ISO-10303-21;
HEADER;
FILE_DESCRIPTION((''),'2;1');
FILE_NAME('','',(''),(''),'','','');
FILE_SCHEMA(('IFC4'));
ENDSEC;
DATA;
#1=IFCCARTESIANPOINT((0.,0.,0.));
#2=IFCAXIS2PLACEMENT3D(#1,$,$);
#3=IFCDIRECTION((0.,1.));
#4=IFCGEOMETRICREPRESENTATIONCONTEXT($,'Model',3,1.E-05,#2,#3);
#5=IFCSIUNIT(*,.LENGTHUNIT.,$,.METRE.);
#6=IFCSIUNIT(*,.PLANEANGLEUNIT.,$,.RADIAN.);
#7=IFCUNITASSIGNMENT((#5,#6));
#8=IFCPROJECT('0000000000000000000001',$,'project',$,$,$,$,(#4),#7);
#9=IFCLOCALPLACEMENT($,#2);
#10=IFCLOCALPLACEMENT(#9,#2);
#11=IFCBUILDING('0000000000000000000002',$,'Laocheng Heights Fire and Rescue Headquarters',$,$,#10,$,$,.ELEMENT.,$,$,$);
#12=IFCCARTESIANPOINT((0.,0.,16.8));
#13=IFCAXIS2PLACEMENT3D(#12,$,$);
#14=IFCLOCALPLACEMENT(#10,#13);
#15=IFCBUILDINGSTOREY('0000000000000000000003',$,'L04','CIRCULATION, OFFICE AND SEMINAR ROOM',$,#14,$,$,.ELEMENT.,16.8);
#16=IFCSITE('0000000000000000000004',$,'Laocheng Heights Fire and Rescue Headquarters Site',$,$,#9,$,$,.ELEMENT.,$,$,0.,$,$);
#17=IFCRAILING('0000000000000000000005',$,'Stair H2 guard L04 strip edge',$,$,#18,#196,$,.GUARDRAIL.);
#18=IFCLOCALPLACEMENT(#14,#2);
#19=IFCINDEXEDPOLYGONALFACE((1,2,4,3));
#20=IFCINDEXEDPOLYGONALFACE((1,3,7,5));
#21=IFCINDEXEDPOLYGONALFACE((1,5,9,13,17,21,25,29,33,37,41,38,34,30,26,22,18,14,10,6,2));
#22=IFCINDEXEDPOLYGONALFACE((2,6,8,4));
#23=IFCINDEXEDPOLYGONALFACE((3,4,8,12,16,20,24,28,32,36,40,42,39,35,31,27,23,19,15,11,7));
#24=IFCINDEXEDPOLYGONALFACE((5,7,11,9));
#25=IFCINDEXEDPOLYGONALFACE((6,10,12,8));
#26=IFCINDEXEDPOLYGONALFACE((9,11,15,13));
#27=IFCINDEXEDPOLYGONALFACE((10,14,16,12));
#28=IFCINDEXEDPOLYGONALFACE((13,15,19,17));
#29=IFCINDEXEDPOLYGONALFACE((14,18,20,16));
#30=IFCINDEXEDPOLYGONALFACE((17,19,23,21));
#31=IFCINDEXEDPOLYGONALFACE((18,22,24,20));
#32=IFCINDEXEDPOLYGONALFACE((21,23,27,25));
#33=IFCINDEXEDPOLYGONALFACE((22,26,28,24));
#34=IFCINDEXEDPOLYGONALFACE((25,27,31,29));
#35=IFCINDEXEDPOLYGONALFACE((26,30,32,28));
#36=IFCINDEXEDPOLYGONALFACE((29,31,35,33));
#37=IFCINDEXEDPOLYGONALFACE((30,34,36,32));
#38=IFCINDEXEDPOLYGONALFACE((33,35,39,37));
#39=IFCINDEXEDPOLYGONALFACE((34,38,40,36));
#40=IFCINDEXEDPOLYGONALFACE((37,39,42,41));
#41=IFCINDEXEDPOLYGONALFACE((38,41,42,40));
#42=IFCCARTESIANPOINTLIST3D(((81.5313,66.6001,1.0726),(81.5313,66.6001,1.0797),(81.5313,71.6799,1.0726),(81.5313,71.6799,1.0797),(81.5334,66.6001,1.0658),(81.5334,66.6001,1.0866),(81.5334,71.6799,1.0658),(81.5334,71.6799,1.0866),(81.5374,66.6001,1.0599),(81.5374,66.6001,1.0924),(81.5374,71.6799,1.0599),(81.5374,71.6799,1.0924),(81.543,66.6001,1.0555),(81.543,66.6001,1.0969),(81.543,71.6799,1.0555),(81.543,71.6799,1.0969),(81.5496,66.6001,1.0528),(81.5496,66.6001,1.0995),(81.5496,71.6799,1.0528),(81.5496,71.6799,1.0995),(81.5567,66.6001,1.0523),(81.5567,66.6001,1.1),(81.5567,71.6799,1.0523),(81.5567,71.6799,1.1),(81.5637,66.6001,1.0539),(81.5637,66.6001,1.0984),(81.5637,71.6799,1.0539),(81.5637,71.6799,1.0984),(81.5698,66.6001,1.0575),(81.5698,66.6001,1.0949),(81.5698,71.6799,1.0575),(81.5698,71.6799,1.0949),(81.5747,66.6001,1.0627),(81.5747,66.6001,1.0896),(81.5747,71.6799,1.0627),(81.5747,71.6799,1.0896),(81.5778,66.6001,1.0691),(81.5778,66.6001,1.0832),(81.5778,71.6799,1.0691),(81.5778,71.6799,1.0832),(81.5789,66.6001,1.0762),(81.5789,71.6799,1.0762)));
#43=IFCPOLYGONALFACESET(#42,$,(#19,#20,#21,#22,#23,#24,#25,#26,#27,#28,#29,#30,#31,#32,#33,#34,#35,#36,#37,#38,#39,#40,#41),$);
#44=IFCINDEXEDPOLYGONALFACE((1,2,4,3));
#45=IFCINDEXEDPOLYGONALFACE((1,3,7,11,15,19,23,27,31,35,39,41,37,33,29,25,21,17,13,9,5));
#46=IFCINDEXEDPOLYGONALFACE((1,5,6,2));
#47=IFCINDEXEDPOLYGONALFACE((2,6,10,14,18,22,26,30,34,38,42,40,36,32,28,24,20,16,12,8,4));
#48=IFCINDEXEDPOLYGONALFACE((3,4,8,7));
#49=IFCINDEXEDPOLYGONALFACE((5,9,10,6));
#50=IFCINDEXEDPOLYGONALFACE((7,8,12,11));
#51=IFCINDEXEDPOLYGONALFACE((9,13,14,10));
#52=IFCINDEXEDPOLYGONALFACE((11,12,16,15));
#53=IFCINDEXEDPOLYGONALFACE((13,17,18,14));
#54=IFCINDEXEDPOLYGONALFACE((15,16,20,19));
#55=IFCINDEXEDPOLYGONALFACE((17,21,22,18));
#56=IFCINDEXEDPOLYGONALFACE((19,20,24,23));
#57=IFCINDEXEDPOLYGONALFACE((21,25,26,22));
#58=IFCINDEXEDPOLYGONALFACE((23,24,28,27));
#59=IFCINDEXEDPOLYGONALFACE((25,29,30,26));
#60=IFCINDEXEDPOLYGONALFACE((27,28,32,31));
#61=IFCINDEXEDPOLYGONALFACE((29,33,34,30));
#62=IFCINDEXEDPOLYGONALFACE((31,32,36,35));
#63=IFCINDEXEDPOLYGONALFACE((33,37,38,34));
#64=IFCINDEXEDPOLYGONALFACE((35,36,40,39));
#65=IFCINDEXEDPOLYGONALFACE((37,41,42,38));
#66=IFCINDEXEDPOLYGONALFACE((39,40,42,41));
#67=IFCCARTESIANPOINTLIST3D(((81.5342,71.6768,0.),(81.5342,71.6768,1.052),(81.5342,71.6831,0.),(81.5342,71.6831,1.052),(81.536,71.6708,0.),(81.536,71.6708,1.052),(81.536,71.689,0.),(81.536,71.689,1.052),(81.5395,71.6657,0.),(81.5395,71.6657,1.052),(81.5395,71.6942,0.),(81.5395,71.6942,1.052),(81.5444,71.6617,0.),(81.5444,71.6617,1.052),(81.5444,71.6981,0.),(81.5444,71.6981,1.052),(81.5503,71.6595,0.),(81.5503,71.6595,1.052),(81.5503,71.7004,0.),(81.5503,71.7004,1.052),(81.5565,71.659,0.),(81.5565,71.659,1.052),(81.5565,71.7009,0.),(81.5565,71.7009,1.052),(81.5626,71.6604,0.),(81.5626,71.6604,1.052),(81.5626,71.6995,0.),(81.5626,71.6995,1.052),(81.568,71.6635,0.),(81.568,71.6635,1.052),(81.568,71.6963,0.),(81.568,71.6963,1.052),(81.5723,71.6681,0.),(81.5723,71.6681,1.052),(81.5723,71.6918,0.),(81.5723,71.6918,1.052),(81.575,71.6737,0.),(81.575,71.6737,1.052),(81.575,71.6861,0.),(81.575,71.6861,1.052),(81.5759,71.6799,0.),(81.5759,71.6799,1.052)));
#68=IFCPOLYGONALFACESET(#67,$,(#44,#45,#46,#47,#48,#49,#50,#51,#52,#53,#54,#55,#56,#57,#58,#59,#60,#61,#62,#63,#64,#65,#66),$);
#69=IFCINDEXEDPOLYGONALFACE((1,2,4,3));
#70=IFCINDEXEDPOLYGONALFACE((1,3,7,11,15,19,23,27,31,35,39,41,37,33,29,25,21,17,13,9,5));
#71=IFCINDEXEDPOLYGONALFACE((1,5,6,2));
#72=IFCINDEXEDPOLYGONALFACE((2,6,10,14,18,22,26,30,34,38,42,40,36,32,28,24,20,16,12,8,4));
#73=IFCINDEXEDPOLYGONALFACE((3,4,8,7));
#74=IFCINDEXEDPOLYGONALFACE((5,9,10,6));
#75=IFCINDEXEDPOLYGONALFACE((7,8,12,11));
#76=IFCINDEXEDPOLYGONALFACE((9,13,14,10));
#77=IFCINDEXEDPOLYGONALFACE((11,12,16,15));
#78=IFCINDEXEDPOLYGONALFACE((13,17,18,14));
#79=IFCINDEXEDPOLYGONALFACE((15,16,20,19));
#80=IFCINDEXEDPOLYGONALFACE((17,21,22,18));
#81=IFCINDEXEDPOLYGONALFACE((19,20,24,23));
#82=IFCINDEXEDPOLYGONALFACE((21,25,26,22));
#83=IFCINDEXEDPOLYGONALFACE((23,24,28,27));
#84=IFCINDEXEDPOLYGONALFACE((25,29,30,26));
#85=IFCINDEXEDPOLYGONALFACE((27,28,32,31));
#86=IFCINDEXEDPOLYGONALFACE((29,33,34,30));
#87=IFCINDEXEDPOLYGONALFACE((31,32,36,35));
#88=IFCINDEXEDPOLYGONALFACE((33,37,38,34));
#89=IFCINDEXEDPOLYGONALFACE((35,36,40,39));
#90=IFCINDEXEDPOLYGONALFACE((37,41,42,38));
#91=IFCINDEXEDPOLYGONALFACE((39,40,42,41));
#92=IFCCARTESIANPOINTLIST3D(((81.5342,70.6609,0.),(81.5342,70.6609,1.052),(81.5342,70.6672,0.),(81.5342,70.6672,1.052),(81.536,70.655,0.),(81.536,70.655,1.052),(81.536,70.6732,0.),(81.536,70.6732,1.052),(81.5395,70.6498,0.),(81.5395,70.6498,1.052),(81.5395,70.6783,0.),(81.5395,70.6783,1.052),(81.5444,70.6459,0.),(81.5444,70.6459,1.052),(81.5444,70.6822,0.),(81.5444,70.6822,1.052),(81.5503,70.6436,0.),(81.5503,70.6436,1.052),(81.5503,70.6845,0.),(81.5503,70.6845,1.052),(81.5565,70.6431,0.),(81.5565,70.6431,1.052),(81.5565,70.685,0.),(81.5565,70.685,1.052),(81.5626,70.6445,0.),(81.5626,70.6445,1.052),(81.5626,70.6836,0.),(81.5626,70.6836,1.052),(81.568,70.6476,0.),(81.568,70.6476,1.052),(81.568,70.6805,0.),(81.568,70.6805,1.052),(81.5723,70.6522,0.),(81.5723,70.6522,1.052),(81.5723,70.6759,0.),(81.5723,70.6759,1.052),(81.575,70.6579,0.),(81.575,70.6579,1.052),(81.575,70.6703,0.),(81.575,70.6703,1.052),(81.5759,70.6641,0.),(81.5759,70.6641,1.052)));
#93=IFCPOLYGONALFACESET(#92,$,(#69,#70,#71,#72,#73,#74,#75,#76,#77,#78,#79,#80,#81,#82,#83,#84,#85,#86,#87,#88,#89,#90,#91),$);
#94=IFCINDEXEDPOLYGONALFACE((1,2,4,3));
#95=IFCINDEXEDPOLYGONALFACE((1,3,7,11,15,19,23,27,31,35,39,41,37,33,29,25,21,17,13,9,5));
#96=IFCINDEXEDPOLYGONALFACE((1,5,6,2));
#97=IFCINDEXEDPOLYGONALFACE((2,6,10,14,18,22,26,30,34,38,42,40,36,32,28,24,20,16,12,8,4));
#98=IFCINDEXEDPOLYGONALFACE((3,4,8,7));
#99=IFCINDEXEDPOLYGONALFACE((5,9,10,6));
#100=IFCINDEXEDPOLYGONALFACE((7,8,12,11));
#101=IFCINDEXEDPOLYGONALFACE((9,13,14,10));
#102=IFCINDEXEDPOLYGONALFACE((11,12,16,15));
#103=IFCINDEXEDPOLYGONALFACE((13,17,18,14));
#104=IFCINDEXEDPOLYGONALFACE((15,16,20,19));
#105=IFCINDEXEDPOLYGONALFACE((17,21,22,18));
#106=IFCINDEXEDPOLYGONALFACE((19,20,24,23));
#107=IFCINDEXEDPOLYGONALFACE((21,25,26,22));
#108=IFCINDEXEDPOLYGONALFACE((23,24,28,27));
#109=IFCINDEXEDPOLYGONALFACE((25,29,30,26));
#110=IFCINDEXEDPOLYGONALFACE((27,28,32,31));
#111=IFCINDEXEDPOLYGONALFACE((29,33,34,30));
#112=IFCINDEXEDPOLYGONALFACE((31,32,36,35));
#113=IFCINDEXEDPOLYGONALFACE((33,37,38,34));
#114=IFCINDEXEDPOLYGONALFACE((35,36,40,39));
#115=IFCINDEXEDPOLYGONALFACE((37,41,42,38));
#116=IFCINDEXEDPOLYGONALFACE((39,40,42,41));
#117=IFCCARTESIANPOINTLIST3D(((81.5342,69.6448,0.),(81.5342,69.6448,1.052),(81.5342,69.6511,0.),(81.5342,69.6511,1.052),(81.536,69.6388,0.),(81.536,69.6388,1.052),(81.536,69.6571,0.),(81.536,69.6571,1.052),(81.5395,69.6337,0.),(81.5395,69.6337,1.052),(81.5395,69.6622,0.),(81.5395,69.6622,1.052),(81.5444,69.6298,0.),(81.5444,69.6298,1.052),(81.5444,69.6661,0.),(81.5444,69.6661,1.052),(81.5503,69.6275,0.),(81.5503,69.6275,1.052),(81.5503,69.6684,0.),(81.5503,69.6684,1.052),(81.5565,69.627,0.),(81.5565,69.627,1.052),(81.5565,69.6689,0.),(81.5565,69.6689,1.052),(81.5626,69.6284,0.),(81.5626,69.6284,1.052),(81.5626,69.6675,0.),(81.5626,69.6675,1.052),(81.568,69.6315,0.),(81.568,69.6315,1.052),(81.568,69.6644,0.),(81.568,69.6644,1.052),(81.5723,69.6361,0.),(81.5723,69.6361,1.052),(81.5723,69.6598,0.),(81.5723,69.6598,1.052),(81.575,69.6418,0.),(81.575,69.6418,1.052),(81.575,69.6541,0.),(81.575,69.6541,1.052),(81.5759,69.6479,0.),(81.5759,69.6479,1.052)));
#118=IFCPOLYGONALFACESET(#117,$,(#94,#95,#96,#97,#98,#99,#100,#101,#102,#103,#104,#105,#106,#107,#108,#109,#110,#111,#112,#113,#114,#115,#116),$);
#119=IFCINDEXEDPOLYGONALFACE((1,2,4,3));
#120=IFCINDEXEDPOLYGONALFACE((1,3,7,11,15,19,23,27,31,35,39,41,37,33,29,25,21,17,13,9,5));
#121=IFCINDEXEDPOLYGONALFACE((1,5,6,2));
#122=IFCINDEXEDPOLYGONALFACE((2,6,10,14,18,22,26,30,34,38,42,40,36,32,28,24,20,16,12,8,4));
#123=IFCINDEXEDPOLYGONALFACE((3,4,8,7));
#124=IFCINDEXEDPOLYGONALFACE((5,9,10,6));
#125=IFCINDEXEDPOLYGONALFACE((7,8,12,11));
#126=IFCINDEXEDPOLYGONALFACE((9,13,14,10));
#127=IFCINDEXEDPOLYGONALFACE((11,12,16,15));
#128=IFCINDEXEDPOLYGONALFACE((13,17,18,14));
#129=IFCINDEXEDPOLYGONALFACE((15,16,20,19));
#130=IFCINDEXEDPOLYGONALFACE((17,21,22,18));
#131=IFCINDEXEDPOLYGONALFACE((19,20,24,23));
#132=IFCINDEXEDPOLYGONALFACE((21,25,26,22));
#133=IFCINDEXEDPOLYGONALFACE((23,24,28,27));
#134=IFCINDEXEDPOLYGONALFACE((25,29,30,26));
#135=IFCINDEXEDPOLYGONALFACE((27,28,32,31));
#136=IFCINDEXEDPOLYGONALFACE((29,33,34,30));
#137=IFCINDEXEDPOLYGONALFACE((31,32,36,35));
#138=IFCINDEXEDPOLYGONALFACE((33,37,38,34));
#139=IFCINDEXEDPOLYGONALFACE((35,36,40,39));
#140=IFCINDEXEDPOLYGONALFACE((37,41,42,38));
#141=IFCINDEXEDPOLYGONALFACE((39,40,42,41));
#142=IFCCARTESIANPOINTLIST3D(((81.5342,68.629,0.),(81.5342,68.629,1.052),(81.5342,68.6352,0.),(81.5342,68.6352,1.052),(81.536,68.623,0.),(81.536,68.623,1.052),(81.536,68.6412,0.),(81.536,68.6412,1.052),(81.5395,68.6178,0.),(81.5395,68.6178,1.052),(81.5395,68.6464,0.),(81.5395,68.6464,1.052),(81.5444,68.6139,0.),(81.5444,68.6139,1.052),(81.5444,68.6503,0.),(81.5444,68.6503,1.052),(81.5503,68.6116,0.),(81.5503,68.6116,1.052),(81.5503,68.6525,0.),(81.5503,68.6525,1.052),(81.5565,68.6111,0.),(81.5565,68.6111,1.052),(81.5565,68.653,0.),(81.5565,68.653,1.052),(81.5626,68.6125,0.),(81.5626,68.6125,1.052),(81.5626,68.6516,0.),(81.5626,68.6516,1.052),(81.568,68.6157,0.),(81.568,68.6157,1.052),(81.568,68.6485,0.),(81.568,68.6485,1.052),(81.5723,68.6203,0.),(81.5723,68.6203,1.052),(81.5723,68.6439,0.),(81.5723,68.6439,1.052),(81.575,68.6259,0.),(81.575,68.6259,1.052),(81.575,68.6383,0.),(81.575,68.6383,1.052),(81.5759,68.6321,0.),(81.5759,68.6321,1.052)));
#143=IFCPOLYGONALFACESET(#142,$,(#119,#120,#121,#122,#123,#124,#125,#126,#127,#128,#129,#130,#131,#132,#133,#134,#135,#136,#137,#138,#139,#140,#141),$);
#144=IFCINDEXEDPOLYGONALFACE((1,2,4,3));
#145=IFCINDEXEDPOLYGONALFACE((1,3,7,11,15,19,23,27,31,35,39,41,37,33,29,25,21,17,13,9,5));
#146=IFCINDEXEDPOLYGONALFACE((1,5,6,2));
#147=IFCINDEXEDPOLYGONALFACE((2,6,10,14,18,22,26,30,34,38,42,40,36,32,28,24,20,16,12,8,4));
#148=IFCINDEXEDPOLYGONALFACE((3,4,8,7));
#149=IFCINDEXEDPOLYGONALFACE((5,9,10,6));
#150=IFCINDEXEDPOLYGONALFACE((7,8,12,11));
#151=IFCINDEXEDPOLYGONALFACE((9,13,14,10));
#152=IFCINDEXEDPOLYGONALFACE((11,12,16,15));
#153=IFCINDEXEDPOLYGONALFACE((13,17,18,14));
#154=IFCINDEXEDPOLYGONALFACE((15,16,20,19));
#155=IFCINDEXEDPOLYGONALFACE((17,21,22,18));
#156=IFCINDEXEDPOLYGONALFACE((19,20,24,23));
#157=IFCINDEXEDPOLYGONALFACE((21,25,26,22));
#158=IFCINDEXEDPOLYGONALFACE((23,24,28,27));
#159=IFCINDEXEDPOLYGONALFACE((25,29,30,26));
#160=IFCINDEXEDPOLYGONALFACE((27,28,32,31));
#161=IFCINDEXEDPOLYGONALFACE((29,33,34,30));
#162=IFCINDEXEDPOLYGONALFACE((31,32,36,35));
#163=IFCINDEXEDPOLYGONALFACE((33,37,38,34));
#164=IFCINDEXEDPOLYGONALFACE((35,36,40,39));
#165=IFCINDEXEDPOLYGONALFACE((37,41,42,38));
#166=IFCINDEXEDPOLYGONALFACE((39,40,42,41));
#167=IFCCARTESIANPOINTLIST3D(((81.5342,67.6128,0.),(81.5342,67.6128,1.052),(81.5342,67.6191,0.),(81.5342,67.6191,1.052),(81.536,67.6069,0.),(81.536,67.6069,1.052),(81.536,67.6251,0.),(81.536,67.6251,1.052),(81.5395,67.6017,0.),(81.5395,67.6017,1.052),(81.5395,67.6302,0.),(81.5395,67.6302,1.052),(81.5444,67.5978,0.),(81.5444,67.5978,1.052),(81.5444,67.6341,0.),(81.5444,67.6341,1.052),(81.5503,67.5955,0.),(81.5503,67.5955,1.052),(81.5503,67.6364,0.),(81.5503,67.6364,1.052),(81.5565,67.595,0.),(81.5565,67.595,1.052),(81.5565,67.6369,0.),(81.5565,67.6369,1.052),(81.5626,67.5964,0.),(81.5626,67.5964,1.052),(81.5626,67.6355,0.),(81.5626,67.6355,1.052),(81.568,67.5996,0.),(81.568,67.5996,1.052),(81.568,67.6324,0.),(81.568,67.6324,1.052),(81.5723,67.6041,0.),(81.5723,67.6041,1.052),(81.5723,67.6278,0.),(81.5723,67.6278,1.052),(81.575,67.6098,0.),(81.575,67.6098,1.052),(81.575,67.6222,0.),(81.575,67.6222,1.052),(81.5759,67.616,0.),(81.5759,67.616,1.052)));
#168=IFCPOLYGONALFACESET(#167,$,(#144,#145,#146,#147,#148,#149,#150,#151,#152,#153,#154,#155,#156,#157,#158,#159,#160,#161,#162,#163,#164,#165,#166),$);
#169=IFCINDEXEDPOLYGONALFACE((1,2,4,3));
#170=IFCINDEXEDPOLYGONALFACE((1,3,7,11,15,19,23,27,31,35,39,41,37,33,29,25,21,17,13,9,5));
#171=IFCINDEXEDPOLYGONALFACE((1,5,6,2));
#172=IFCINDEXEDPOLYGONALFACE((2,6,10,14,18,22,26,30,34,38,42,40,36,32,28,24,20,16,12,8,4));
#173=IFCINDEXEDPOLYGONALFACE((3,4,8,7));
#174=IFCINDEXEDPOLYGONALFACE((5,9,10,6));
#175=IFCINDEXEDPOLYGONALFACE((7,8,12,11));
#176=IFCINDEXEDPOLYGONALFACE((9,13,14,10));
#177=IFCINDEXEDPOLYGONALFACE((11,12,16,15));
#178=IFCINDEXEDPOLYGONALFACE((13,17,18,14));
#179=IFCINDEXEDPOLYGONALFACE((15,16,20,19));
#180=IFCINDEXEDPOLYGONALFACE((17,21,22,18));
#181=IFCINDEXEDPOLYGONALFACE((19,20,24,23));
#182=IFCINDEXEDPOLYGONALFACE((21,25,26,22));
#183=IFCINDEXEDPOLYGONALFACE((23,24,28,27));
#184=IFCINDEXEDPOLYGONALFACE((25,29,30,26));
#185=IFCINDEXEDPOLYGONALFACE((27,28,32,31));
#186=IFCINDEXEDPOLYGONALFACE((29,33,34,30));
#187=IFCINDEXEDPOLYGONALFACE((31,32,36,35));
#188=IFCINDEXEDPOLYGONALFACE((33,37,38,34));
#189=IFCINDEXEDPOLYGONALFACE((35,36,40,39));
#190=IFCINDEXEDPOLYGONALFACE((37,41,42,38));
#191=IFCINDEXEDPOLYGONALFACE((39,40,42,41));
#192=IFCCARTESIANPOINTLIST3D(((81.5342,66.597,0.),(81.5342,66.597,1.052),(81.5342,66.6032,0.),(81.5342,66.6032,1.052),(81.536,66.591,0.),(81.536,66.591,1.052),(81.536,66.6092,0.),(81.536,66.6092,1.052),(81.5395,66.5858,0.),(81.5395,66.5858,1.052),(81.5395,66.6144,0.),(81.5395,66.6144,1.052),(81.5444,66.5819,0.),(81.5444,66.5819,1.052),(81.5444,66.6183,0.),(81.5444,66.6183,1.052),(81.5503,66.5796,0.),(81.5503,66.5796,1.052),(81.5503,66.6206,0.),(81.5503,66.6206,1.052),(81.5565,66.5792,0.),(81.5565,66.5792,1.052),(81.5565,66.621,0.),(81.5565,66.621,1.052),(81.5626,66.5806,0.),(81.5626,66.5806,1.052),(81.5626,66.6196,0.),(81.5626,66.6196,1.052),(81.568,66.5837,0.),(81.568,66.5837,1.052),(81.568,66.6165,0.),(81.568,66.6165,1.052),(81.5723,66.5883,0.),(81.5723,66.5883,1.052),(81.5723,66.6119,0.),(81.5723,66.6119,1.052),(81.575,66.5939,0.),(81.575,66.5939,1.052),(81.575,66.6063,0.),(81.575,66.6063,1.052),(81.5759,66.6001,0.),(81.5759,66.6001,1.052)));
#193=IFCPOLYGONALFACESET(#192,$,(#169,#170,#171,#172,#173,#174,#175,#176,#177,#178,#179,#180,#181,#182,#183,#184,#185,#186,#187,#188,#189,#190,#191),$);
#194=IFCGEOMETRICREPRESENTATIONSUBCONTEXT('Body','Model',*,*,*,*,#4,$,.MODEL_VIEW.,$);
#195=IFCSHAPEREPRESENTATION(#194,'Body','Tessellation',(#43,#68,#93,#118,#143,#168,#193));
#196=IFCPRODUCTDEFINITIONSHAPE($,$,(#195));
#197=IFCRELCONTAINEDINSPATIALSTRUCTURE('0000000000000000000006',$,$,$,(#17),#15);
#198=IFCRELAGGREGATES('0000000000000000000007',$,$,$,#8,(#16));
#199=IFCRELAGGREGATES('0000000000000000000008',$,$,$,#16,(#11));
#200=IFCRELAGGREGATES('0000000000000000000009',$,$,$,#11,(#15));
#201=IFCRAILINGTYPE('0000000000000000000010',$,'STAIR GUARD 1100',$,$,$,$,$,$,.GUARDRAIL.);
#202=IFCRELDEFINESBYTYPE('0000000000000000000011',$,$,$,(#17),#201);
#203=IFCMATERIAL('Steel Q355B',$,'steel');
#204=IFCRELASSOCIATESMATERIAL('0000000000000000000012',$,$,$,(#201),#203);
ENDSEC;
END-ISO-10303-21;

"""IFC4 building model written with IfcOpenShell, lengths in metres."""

from ifc_helpers import new_model, si_unit, direction, frame, origin, origin_2d, place, context, subcontext, project, spatial, circle, extrude, material, type_object, element, save


model = new_model("IFC4")

# Units and contexts
model_context = context("Model", 3, precision=1e-05, world=origin(), true_north=direction((0.0, 1.0)))
body_context = subcontext(model_context, "Body", "Model", "MODEL_VIEW")
ifc_project = project(units=[si_unit("LENGTHUNIT", "METRE"), si_unit("PLANEANGLEUNIT", "RADIAN")], contexts=[model_context])

# Site, building, storey
site_placement = place(None, origin())
site = spatial("IfcSite", under=ifc_project, at=site_placement, Name="Laocheng Heights Fire and Rescue Headquarters Site", CompositionType="ELEMENT", RefElevation=0.0)
building_placement = place(site_placement, origin())
building = spatial("IfcBuilding", under=site, at=building_placement, Name="Laocheng Heights Fire and Rescue Headquarters", CompositionType="ELEMENT")
storey_placement = place(building_placement, frame((0.0, 0.0, 16.8)))
storey = spatial("IfcBuildingStorey", under=building, at=storey_placement, Name="L04", Description="CIRCULATION, OFFICE AND SEMINAR ROOM", CompositionType="ELEMENT", Elevation=16.8)

# Railing
ifc_material_1 = material(Name="Steel Q355B", Category="steel")
railing_type = type_object("IfcRailingType", Name="STAIR GUARD 1100", PredefinedType="GUARDRAIL", material=ifc_material_1)
railing_placement = place(storey_placement, frame((81.5549, 71.6799, 0.0)))
element("IfcRailing", 1, at=railing_placement, inside=storey, type_object=railing_type, Name="Stair H2 guard L04 strip edge", PredefinedType="GUARDRAIL", context=body_context, shape_type="SweptSolid", body=[
    extrude(circle(Radius=0.0239, at=origin_2d()), frame((0.0, 0.0, 1.0762), z_axis=(0.0, -1.0, 0.0), x_axis=(1.0, 0.0, 0.0)), (0.0, 0.0, 1.0), 5.0798),
    extrude(circle(Radius=0.021, at=origin_2d()), origin(), (0.0, 0.0, 1.0), 1.052),
    extrude(circle(Radius=0.021, at=origin_2d()), frame((0.0, -1.0159, 0.0)), (0.0, 0.0, 1.0), 1.052),
    extrude(circle(Radius=0.021, at=origin_2d()), frame((0.0, -2.032, 0.0)), (0.0, 0.0, 1.0), 1.052),
    extrude(circle(Radius=0.021, at=origin_2d()), frame((0.0, -3.0479, 0.0)), (0.0, 0.0, 1.0), 1.052),
    extrude(circle(Radius=0.021, at=origin_2d()), frame((0.0, -4.064, 0.0)), (0.0, 0.0, 1.0), 1.052),
    extrude(circle(Radius=0.021, at=origin_2d()), frame((0.0, -5.0798, 0.0)), (0.0, 0.0, 1.0), 1.052),
])

save(model, "model.ifc")
